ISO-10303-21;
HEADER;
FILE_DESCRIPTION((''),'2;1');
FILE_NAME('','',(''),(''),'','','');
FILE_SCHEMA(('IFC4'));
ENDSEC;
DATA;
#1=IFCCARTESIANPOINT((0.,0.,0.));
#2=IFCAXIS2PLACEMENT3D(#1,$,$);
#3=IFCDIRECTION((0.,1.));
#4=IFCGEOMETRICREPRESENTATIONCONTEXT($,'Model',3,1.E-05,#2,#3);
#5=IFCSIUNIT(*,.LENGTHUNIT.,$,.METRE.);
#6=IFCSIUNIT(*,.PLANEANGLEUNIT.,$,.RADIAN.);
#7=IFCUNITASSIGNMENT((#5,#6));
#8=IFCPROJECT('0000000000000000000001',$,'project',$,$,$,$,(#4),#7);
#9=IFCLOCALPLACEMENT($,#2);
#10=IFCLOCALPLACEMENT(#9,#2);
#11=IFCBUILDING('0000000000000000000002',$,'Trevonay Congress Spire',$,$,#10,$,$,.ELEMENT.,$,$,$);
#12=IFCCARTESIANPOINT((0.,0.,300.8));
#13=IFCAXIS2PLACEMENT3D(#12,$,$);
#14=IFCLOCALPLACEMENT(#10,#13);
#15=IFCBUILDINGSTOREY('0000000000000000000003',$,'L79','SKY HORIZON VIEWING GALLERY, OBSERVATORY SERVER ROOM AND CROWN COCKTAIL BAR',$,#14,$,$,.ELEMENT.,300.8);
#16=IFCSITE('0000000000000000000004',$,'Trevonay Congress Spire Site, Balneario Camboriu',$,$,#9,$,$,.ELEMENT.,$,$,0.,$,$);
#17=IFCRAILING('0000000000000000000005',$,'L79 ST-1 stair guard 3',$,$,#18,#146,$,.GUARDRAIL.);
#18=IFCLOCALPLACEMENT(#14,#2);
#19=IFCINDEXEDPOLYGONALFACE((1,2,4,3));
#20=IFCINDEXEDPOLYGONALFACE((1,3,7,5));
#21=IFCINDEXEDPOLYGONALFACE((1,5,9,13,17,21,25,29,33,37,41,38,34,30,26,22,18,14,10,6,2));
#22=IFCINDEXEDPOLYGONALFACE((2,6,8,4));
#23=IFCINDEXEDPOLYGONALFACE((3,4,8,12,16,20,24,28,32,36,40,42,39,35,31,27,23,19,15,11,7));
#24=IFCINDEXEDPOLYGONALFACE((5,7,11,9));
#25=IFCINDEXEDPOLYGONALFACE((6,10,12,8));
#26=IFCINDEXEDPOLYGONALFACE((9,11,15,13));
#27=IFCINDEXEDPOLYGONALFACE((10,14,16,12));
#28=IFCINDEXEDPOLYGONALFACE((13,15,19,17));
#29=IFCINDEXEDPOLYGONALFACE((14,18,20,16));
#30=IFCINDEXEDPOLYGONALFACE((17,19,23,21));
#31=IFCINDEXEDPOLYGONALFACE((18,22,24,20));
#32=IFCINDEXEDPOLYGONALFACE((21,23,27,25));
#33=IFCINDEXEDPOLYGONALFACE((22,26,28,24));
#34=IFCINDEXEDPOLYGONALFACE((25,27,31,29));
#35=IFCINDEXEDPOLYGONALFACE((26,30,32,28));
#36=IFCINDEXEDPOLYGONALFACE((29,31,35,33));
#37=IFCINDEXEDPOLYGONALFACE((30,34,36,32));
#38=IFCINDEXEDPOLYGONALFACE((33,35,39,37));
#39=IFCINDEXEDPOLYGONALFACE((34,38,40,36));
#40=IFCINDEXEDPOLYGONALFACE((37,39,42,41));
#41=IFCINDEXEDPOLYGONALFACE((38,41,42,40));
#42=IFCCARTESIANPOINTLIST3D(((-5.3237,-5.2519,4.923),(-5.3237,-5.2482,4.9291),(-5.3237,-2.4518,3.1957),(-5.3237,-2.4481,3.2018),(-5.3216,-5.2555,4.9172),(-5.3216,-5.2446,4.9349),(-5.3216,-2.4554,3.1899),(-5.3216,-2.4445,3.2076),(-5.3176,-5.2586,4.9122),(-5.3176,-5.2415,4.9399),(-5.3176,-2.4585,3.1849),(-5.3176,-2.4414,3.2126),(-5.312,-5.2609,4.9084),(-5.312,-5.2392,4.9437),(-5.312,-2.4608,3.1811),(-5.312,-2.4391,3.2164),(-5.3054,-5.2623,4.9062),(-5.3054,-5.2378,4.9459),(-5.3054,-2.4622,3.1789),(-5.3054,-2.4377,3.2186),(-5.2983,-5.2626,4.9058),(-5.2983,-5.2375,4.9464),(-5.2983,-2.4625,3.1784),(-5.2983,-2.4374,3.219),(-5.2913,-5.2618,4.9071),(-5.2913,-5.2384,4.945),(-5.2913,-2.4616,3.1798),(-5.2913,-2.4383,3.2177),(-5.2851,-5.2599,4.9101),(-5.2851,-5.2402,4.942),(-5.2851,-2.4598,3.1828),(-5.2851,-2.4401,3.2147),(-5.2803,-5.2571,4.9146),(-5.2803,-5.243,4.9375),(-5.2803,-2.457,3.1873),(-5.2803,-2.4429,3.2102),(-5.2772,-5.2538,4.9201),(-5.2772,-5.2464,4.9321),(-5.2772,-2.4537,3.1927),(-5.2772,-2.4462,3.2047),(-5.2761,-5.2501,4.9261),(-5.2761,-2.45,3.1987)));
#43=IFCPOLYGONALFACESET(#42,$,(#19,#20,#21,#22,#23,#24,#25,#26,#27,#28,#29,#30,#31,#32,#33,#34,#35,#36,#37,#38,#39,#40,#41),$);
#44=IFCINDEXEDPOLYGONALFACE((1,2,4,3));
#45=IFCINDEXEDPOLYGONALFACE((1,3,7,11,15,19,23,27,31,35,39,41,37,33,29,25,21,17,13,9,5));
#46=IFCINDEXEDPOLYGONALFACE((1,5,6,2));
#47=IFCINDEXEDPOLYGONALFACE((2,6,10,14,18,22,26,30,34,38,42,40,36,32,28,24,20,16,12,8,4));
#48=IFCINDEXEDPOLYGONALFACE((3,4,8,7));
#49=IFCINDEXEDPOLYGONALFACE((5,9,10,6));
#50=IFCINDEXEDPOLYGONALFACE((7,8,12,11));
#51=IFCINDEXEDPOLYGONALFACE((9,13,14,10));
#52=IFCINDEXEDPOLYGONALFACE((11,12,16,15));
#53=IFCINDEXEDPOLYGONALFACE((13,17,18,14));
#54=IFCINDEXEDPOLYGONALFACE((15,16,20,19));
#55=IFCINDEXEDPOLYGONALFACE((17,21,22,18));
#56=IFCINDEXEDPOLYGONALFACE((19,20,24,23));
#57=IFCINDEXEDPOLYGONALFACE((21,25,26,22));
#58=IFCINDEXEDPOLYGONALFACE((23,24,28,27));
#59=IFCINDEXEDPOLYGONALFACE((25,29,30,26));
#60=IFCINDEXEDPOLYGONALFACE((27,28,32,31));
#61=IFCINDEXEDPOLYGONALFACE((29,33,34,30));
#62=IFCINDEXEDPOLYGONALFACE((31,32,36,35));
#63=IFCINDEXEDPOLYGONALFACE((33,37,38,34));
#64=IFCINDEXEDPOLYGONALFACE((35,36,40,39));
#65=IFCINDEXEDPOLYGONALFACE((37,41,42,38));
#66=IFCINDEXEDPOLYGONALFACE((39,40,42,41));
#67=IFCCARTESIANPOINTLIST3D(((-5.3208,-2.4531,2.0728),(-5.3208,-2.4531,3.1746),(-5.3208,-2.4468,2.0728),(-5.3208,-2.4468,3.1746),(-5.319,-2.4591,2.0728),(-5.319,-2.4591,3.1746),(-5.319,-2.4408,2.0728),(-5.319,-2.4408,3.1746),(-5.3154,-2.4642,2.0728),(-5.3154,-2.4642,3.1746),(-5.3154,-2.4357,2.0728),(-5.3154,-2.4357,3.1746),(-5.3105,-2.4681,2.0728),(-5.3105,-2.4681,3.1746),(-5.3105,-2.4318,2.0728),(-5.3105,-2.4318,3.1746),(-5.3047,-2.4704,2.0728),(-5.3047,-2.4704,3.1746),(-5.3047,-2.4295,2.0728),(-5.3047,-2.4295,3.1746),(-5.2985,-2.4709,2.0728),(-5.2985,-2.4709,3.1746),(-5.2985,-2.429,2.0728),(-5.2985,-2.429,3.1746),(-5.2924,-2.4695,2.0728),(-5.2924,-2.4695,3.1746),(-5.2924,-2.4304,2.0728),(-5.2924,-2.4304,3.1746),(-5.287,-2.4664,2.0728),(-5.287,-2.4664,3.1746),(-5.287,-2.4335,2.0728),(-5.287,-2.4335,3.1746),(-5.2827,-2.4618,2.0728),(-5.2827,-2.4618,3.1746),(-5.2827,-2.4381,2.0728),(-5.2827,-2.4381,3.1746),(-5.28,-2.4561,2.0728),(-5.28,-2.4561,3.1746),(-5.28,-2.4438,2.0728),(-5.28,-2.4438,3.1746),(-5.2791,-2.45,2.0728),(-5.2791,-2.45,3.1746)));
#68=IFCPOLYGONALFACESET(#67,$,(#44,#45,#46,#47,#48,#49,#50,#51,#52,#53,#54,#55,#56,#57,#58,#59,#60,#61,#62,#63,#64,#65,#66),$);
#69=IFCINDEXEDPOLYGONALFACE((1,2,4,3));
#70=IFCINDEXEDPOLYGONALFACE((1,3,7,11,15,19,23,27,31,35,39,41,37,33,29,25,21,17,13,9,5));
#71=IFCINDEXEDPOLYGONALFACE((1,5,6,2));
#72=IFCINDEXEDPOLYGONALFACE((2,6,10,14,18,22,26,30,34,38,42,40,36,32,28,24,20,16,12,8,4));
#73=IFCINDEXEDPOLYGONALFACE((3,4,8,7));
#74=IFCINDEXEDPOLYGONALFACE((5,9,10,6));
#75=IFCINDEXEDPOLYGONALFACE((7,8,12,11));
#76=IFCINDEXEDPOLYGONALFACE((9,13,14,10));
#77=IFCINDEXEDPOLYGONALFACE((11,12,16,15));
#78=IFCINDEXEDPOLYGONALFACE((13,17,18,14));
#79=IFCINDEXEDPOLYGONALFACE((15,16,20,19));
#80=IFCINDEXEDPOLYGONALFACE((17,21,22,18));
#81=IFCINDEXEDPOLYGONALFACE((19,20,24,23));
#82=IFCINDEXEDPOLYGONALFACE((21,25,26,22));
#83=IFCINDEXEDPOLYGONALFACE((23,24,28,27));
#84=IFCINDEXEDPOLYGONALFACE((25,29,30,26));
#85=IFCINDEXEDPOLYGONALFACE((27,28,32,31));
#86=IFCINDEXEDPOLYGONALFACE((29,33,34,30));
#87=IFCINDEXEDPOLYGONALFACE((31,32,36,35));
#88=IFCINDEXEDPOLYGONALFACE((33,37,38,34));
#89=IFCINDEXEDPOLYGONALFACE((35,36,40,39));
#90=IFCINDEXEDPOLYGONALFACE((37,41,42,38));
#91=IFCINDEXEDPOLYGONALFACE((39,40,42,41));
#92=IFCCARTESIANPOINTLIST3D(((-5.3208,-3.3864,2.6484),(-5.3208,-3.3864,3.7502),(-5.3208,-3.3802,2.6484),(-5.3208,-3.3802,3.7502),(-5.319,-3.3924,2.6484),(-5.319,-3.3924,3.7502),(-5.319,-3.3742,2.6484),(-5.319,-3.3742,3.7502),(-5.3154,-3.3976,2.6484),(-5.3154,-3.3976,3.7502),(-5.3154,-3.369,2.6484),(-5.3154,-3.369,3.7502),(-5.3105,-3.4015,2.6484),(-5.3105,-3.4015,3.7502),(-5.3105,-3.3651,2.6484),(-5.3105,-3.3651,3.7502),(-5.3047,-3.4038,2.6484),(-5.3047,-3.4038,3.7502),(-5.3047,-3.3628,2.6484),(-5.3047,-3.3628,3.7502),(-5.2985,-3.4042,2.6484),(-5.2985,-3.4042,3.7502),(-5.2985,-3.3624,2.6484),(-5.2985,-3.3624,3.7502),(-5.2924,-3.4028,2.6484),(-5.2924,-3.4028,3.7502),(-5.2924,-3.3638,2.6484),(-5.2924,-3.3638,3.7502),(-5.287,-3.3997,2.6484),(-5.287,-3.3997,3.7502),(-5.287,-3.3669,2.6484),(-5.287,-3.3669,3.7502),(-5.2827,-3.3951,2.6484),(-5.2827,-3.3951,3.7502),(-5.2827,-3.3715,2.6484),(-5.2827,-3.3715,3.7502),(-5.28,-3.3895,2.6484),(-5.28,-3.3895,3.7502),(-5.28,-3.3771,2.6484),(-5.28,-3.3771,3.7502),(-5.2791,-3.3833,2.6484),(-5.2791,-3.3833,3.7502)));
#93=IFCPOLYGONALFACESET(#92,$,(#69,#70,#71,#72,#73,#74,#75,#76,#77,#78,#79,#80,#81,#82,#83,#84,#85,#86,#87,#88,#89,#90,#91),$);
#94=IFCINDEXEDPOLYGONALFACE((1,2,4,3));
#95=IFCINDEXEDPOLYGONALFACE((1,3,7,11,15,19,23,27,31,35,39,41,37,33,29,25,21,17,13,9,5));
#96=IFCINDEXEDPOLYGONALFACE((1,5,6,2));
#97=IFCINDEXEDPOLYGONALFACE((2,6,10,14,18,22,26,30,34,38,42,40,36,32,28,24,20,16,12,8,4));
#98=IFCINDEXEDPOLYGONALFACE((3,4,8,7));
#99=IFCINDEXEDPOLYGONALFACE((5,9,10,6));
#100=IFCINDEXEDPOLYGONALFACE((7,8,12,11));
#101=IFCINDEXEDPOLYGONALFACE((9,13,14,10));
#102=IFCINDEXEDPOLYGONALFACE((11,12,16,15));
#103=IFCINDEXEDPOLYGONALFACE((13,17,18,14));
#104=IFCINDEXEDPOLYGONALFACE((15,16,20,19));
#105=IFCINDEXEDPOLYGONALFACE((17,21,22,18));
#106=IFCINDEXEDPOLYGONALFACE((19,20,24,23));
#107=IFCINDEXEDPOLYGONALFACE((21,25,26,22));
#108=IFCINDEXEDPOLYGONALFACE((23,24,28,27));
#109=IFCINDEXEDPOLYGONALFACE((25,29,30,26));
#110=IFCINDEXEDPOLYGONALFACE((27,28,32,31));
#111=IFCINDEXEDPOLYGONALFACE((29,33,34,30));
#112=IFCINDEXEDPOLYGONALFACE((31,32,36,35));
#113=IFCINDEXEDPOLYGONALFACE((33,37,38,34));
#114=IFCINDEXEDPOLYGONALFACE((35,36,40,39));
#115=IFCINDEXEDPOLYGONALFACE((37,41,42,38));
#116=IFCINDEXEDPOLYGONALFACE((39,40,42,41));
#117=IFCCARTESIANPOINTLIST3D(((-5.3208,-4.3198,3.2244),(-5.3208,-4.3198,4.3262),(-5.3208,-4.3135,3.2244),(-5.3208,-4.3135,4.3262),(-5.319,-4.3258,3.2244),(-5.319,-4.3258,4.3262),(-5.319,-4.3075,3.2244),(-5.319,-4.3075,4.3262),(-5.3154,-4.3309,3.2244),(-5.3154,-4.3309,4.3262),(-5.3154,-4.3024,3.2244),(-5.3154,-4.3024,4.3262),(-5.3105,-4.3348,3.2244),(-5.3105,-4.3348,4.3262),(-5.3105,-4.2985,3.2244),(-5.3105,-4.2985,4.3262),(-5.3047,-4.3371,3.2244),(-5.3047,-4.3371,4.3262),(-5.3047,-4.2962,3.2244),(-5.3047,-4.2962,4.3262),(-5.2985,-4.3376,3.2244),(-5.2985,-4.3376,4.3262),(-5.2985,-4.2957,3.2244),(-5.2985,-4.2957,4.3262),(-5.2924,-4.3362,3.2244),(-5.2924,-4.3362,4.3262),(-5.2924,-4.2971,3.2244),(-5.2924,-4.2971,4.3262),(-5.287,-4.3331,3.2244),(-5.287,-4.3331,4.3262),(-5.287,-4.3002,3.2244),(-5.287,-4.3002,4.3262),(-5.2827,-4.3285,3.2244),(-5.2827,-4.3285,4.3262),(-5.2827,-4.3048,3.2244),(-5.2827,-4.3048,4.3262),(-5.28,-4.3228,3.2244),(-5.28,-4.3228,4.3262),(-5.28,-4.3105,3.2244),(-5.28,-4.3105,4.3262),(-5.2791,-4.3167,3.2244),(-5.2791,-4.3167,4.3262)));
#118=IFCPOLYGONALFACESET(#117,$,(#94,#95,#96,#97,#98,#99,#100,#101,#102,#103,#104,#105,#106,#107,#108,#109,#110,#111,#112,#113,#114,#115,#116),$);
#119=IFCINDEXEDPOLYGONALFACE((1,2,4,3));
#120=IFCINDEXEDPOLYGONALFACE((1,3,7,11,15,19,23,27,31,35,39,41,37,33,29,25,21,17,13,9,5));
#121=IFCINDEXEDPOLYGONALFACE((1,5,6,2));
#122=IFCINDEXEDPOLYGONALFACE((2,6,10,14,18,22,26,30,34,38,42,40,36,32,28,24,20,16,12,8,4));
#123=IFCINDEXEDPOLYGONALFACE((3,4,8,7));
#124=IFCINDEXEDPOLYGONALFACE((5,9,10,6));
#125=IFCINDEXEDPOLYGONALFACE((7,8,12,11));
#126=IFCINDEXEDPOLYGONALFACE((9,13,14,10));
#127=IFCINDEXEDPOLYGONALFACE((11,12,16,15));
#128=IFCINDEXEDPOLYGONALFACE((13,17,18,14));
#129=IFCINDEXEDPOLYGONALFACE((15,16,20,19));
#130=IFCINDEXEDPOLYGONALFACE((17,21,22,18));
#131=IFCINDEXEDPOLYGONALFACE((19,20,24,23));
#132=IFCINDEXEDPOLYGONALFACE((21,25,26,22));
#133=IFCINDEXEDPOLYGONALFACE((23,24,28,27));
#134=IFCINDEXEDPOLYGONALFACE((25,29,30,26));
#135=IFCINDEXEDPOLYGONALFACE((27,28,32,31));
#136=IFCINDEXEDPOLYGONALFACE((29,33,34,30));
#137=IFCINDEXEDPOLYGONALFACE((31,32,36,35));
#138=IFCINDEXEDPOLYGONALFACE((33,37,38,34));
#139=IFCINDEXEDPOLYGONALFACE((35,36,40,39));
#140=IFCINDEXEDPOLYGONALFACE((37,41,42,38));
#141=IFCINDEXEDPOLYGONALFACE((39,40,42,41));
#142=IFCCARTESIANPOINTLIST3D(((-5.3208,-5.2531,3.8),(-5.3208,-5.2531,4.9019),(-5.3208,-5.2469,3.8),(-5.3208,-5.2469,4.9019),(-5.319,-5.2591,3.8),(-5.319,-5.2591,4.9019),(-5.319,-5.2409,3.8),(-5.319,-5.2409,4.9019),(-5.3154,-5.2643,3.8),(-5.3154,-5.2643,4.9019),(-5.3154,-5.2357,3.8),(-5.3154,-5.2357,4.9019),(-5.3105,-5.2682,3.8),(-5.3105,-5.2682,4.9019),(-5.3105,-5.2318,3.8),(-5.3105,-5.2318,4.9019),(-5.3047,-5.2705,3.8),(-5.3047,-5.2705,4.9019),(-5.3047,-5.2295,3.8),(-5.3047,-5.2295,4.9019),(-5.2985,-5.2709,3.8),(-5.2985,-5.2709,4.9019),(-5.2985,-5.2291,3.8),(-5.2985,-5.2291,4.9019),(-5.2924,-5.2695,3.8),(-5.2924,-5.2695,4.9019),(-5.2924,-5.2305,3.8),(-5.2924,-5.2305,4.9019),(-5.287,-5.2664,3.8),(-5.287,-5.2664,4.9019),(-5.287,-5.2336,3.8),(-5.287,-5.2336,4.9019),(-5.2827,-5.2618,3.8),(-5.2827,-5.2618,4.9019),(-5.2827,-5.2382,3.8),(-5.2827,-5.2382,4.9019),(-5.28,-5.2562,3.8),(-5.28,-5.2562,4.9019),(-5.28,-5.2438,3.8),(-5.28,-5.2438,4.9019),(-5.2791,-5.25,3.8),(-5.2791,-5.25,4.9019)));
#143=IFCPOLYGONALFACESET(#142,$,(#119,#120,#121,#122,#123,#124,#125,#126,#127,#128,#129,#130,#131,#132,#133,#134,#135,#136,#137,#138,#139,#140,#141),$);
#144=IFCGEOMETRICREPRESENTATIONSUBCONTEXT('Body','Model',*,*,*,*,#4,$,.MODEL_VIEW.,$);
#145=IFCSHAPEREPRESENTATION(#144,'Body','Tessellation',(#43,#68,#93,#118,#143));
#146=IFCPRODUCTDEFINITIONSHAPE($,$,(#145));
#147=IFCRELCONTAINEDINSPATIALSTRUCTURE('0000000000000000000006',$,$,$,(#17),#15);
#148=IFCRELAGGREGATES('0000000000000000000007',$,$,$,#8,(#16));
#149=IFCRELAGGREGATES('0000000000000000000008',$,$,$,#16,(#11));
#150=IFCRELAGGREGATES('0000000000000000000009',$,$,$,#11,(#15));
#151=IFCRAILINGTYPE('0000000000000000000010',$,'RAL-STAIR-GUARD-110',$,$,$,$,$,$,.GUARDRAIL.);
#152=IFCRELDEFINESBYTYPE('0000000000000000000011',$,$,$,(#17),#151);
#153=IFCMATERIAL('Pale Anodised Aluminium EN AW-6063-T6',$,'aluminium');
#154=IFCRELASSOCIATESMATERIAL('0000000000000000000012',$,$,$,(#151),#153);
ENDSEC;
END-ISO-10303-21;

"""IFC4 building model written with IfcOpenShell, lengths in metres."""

from ifc_helpers import new_model, si_unit, direction, frame, origin, origin_2d, place, context, subcontext, project, spatial, circle, extrude, material, type_object, element, save


model = new_model("IFC4")

# Units and contexts
model_context = context("Model", 3, precision=1e-05, world=origin(), true_north=direction((0.0, 1.0)))
body_context = subcontext(model_context, "Body", "Model", "MODEL_VIEW")
ifc_project = project(units=[si_unit("LENGTHUNIT", "METRE"), si_unit("PLANEANGLEUNIT", "RADIAN")], contexts=[model_context])

# Site, building, storey
site_placement = place(None, origin())
site = spatial("IfcSite", under=ifc_project, at=site_placement, Name="Trevonay Congress Spire Site, Balneario Camboriu", CompositionType="ELEMENT", RefElevation=0.0)
building_placement = place(site_placement, origin())
building = spatial("IfcBuilding", under=site, at=building_placement, Name="Trevonay Congress Spire", CompositionType="ELEMENT")
storey_placement = place(building_placement, frame((0.0, 0.0, 300.8)))
storey = spatial("IfcBuildingStorey", under=building, at=storey_placement, Name="L79", Description="SKY HORIZON VIEWING GALLERY, OBSERVATORY SERVER ROOM AND CROWN COCKTAIL BAR", CompositionType="ELEMENT", Elevation=300.8)

# Railing
ifc_material_1 = material(Name="Pale Anodised Aluminium EN AW-6063-T6", Category="aluminium")
railing_type_1 = type_object("IfcRailingType", Name="RAL-STAIR-GUARD-110", PredefinedType="GUARDRAIL", material=ifc_material_1)
railing_1_placement = place(storey_placement, frame((-5.3, -2.45, 2.0728)))
element("IfcRailing", 1, at=railing_1_placement, inside=storey, type_object=railing_type_1, Name="L79 ST-1 stair guard 3", PredefinedType="GUARDRAIL", context=body_context, shape_type="SweptSolid", body=[
    extrude(circle(Radius=0.0239, at=origin_2d()), frame((0.0, 0.0, 1.126), z_axis=(0.0, -0.85109, 0.52502), x_axis=(1.0, 0.0, 0.0)), (0.0, 0.0, 1.0), 3.29),
    extrude(circle(Radius=0.021, at=origin_2d()), origin(), (0.0, 0.0, 1.0), 1.1018),
    extrude(circle(Radius=0.021, at=origin_2d()), frame((0.0, -0.9333, 0.5757)), (0.0, 0.0, 1.0), 1.1018),
    extrude(circle(Radius=0.021, at=origin_2d()), frame((0.0, -1.8667, 1.1516)), (0.0, 0.0, 1.0), 1.1018),
    extrude(circle(Radius=0.021, at=origin_2d()), frame((0.0, -2.8, 1.7273)), (0.0, 0.0, 1.0), 1.1018),
])

save(model, "model.ifc")
